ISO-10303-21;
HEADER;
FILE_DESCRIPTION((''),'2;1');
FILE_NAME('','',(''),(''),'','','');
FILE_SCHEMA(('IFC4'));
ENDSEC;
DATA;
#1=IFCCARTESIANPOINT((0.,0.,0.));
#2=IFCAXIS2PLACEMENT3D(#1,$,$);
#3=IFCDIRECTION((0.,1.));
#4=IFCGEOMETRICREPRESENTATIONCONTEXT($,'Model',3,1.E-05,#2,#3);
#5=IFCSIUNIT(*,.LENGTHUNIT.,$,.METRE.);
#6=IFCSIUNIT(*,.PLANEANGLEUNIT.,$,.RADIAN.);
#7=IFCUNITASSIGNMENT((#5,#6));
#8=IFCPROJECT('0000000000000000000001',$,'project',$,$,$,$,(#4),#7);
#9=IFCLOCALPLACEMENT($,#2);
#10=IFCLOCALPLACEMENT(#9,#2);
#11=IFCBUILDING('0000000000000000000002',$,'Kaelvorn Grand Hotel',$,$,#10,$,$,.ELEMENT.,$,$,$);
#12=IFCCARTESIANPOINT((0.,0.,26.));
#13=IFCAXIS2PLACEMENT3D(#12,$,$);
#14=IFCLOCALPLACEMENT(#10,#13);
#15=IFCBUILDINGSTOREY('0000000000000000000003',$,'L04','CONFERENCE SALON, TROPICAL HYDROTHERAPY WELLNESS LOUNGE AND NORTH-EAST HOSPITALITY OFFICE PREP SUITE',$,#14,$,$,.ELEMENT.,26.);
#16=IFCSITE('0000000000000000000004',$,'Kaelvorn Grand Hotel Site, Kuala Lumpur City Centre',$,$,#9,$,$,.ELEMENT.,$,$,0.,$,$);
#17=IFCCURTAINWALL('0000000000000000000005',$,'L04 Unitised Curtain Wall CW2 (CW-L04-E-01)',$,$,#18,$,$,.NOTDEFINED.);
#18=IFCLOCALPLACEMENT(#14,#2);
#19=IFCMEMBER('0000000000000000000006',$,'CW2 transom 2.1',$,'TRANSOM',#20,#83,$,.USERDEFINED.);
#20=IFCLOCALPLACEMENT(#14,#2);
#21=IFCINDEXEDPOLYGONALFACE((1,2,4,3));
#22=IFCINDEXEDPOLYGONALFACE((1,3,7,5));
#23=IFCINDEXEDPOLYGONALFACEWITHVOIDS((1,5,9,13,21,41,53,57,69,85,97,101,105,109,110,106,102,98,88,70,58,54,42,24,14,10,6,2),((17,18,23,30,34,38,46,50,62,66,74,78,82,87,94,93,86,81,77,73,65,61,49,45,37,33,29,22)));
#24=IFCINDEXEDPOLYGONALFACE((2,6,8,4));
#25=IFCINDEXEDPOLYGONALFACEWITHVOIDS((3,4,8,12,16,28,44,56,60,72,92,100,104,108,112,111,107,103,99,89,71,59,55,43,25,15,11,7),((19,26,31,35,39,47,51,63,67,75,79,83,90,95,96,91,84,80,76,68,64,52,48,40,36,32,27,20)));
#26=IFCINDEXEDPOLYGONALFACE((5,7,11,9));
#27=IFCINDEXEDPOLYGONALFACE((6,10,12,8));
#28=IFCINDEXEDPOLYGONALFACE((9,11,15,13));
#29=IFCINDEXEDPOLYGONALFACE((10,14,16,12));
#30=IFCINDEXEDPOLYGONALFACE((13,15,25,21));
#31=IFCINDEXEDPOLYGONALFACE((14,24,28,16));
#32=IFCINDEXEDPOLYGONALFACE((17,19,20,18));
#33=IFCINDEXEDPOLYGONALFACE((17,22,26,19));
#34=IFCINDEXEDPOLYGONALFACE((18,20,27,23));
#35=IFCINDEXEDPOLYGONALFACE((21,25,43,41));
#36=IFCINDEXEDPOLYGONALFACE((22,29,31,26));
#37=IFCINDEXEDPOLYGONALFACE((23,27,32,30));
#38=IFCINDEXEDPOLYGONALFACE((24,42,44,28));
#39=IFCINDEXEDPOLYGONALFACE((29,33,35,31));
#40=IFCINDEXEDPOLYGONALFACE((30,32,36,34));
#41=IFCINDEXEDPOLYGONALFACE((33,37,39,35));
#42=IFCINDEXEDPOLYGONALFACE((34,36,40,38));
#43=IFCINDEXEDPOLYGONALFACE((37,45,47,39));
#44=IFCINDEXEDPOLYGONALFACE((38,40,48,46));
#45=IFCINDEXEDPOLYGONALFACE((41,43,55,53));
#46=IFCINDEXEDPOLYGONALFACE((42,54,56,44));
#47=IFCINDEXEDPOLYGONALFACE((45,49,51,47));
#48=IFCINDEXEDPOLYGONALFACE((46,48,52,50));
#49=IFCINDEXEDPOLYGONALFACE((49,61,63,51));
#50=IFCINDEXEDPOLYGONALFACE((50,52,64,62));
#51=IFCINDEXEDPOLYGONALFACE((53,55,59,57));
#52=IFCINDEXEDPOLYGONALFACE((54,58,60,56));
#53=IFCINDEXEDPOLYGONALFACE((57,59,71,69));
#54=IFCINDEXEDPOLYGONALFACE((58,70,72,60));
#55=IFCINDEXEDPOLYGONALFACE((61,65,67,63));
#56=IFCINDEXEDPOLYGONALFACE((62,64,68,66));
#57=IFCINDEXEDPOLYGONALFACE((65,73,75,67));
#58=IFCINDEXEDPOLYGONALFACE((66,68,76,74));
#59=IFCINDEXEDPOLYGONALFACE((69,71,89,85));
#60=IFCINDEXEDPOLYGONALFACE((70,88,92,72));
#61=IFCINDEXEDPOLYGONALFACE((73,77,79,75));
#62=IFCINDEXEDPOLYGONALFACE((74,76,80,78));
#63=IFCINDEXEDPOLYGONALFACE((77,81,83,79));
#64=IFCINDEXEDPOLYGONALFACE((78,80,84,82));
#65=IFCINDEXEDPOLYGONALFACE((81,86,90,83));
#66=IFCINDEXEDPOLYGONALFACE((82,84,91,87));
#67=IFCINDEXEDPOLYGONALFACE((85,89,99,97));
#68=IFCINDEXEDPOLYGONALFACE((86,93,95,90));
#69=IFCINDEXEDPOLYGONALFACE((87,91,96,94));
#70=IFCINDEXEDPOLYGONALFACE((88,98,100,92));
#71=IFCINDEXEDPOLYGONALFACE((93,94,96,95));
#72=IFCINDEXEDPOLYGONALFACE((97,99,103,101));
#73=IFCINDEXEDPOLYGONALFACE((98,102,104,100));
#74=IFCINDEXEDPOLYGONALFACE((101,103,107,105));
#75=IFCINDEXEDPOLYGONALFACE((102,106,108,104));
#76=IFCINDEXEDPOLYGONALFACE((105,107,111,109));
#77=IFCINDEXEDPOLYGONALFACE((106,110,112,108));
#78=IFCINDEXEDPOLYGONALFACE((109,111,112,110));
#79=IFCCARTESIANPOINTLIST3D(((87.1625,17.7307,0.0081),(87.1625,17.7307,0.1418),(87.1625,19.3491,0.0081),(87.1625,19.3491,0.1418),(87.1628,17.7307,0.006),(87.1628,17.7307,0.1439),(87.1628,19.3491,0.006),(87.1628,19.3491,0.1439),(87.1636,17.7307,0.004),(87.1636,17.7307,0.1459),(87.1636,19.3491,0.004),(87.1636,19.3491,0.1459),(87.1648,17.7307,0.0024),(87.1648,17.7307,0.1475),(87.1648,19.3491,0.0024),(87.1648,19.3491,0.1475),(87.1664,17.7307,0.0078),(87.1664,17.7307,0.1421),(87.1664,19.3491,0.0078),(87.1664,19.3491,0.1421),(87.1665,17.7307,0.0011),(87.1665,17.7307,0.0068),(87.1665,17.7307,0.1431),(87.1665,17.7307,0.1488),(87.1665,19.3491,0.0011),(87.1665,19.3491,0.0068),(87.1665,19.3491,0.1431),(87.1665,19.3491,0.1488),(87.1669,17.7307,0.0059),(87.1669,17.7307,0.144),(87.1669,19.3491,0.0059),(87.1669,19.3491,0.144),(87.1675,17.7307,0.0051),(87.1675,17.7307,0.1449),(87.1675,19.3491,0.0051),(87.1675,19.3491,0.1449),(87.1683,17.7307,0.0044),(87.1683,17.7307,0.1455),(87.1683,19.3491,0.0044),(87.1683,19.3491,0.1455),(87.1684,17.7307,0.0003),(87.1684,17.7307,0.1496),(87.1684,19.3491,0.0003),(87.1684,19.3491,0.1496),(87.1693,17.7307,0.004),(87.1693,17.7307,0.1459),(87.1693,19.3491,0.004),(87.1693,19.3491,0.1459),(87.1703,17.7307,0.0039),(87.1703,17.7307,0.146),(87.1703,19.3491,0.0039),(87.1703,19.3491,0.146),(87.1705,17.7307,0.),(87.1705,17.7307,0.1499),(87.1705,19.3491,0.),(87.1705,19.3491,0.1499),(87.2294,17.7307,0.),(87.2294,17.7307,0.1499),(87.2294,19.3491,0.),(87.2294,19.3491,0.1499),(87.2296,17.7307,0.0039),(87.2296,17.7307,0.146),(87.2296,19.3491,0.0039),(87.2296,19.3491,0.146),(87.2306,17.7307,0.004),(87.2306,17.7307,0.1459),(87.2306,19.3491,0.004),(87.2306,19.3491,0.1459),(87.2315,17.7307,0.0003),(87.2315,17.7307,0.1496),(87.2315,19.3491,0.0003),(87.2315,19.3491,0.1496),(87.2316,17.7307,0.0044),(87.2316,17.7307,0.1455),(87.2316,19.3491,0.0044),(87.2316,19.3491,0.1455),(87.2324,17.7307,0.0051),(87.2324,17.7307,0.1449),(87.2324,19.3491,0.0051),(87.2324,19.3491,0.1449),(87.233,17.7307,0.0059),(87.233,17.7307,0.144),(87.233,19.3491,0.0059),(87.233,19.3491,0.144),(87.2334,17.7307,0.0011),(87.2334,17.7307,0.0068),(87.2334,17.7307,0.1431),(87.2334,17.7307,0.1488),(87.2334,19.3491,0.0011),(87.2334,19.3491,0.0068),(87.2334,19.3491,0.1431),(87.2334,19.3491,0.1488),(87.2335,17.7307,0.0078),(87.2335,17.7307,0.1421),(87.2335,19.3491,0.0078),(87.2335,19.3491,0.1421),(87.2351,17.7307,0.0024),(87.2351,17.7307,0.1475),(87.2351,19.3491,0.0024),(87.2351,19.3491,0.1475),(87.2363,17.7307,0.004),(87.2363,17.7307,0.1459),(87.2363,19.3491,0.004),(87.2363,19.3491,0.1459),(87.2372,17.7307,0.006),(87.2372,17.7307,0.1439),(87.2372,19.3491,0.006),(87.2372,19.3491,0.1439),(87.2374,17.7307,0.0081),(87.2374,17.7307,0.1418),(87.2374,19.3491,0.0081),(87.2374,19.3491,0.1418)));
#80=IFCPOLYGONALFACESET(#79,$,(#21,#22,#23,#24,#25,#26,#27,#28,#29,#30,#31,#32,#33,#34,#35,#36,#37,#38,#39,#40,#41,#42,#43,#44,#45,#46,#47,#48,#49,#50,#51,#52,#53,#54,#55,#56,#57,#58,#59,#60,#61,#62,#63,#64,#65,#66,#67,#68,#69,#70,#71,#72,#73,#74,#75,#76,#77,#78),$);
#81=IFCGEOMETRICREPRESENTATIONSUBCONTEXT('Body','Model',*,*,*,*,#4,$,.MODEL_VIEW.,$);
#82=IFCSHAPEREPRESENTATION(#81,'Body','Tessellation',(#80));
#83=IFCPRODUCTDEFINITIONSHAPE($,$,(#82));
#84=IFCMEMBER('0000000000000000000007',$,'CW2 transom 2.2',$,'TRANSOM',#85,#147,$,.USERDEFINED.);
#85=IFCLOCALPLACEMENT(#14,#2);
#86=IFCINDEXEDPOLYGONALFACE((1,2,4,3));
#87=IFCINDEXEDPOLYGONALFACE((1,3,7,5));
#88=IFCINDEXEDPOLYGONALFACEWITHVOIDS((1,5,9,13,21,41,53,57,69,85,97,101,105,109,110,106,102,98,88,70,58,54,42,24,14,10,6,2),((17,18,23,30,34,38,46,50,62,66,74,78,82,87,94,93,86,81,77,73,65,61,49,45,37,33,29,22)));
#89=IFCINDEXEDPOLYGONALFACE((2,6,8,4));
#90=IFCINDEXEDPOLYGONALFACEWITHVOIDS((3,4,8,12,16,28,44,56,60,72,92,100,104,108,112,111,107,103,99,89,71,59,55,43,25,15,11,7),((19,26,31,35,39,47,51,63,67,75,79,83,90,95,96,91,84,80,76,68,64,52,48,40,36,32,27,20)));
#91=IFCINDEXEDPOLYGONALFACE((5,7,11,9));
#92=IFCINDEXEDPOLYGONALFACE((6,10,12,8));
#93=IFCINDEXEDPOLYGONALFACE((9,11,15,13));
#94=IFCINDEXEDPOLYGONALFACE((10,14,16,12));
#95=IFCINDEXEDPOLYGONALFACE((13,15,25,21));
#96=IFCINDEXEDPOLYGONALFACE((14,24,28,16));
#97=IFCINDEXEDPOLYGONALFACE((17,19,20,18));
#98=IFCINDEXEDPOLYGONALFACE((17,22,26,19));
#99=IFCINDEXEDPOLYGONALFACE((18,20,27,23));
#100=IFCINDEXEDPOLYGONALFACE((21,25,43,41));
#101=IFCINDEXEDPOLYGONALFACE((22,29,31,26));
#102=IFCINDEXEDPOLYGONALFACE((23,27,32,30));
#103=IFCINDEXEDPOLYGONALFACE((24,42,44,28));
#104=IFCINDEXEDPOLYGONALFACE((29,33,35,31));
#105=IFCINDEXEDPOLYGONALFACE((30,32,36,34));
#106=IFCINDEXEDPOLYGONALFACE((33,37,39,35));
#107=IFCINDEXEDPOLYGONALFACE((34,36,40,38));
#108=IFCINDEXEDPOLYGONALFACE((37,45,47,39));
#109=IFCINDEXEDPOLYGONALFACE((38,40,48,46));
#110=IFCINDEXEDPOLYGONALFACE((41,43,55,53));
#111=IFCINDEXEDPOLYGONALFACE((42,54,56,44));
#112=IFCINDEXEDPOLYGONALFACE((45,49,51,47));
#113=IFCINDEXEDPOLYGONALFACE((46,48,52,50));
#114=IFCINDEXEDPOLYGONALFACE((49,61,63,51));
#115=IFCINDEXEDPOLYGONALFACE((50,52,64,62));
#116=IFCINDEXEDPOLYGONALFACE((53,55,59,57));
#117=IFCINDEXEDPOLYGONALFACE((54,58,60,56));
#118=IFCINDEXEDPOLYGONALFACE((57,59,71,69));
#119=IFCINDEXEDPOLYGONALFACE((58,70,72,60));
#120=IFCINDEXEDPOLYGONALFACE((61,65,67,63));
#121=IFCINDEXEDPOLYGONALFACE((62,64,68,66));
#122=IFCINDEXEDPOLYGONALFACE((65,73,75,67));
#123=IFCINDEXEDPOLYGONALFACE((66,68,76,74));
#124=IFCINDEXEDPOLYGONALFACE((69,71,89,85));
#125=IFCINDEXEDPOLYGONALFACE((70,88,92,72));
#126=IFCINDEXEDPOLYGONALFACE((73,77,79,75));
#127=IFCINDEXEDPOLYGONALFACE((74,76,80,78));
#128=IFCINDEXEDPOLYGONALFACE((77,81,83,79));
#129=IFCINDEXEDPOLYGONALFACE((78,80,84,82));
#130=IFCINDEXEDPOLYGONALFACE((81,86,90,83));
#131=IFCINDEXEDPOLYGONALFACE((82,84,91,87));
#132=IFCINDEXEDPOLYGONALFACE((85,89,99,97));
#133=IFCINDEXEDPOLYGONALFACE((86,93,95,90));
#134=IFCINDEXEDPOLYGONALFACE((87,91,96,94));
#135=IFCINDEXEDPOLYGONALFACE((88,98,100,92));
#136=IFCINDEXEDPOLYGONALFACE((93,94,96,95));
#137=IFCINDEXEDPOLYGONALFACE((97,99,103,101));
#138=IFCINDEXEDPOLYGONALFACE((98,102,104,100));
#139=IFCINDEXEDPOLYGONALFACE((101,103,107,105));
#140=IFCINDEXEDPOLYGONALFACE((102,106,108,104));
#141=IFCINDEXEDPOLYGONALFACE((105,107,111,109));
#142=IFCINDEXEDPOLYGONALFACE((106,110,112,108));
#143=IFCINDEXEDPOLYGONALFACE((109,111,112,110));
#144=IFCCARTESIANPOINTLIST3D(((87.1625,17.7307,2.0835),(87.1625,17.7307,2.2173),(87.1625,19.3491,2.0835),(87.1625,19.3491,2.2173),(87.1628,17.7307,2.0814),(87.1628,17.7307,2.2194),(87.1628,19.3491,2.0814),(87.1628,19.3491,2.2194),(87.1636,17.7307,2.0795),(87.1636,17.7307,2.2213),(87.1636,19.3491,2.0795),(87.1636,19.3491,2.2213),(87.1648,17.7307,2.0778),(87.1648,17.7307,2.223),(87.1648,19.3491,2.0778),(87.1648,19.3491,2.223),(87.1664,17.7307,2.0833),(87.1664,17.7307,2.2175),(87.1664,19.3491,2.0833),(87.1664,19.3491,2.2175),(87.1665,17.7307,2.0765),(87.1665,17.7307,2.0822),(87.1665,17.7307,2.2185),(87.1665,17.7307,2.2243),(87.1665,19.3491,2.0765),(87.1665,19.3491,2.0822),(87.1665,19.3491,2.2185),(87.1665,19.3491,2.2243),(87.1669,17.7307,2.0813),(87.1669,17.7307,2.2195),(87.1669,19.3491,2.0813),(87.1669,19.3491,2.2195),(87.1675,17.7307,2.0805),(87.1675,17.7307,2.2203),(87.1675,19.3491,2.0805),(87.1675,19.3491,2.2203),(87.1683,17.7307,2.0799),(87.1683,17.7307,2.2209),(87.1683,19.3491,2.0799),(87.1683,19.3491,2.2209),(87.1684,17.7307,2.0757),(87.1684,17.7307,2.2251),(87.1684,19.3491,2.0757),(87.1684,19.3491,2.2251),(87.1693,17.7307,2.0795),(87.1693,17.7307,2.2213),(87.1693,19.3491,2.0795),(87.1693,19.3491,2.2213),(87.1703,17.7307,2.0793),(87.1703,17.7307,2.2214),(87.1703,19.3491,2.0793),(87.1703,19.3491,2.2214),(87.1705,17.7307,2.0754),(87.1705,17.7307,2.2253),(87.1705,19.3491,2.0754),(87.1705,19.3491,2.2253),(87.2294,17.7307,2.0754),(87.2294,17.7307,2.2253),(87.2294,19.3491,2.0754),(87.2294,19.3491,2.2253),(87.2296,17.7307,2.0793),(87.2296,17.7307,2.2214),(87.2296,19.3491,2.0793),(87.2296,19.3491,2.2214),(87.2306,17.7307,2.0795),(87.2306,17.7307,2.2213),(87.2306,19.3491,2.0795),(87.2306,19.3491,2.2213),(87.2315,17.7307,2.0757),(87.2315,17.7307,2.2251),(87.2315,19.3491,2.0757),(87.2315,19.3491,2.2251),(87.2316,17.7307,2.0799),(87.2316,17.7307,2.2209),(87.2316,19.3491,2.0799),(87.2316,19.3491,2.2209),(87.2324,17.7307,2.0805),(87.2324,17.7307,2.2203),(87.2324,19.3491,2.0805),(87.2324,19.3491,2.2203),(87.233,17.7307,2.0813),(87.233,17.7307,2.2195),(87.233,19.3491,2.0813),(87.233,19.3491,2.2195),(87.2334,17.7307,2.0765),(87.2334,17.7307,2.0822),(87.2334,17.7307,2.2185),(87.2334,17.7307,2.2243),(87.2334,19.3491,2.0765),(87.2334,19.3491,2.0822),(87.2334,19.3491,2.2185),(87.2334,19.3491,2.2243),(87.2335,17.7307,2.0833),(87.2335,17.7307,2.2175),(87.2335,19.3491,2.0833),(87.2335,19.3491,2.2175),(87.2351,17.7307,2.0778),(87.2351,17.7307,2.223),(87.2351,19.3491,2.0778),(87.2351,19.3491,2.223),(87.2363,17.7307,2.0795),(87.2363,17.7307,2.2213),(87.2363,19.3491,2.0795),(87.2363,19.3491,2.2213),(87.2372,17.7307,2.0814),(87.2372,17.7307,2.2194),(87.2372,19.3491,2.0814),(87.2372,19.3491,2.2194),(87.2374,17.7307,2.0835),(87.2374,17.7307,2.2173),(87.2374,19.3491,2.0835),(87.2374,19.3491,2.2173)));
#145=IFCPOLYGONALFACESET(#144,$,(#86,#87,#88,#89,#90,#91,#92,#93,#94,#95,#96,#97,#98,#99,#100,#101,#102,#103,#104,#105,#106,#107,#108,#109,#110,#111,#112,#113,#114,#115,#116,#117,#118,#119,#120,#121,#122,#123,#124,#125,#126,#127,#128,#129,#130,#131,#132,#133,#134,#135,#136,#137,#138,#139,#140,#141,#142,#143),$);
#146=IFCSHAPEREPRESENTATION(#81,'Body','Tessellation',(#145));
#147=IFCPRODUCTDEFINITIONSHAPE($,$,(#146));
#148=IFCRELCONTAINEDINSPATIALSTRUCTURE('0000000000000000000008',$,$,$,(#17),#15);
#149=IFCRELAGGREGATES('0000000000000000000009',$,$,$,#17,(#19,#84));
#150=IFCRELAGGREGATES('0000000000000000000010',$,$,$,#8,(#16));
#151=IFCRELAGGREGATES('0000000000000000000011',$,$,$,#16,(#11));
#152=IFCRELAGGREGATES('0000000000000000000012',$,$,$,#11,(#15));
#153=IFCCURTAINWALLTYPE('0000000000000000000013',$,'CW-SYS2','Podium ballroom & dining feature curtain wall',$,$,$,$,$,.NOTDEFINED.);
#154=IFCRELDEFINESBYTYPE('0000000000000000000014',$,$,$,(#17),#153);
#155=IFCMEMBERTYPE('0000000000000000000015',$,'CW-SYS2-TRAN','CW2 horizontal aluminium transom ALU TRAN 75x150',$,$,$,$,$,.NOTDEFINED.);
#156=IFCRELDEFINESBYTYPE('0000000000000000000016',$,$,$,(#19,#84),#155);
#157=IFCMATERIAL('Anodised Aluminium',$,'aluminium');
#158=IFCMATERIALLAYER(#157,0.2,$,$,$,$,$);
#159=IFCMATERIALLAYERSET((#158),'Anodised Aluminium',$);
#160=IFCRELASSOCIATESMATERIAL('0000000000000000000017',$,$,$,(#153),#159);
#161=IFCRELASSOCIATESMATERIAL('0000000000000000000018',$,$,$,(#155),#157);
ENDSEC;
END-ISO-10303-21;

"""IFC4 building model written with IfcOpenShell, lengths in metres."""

from ifc_helpers import new_model, si_unit, direction, frame, origin, origin_2d, place, context, subcontext, project, spatial, hollow_rectangle, extrude, material, layer, layer_set, material_profile, profile_set, type_object, element, aggregate, save


model = new_model("IFC4")

# Units and contexts
model_context = context("Model", 3, precision=1e-05, world=origin(), true_north=direction((0.0, 1.0)))
body_context = subcontext(model_context, "Body", "Model", "MODEL_VIEW")
ifc_project = project(units=[si_unit("LENGTHUNIT", "METRE"), si_unit("PLANEANGLEUNIT", "RADIAN")], contexts=[model_context])

# Site, building, storey
site_placement = place(None, origin())
site = spatial("IfcSite", under=ifc_project, at=site_placement, Name="Kaelvorn Grand Hotel Site, Kuala Lumpur City Centre", CompositionType="ELEMENT", RefElevation=0.0)
building_placement = place(site_placement, origin())
building = spatial("IfcBuilding", under=site, at=building_placement, Name="Kaelvorn Grand Hotel", CompositionType="ELEMENT")
storey_placement = place(building_placement, frame((0.0, 0.0, 26.0)))
storey = spatial("IfcBuildingStorey", under=building, at=storey_placement, Name="L04", Description="CONFERENCE SALON, TROPICAL HYDROTHERAPY WELLNESS LOUNGE AND NORTH-EAST HOSPITALITY OFFICE PREP SUITE", CompositionType="ELEMENT", Elevation=26.0)

# Curtain wall, members
ifc_material_1 = material(Name="Anodised Aluminium", Category="aluminium")
ifc_layer_1 = layer(ifc_material_1, 0.2)
ifc_layer_set_1 = layer_set([ifc_layer_1], Name="Anodised Aluminium")
curtain_wall_type = type_object("IfcCurtainWallType", Name="CW-SYS2", Description="Podium ballroom & dining feature curtain wall", PredefinedType="NOTDEFINED", material=ifc_layer_set_1)
curtain_wall_placement = place(storey_placement, origin())
curtain_wall = element("IfcCurtainWall", 1, at=curtain_wall_placement, inside=storey, type_object=curtain_wall_type, Name="L04 Unitised Curtain Wall CW2 (CW-L04-E-01)", PredefinedType="NOTDEFINED")
ifc_material_profile_1 = material_profile(ifc_material_1, hollow_rectangle(XDim=0.075, YDim=0.1499, WallThickness=0.0039, InnerFilletRadius=0.0039, OuterFilletRadius=0.0081, at=origin_2d()), Name="ALU TRAN 75x150")
ifc_profile_set_1 = profile_set([ifc_material_profile_1], Name="Anodised Aluminium")
member_type_1 = type_object("IfcMemberType", Name="CW-SYS2-TRAN", Description="CW2 horizontal aluminium transom ALU TRAN 75x150", PredefinedType="NOTDEFINED", material=ifc_profile_set_1)
member_1_placement = place(storey_placement, frame((87.2, 17.7307, 0.075), z_axis=(0.0, 1.0, 0.0), x_axis=(-1.0, 0.0, 0.0)))
member_1 = element("IfcMember", 2, at=member_1_placement, type_object=member_type_1, Name="CW2 transom 2.1", ObjectType="TRANSOM", PredefinedType="USERDEFINED", context=body_context, shape_type="SweptSolid", body=[
    extrude(hollow_rectangle(XDim=0.075, YDim=0.1499, WallThickness=0.0039, InnerFilletRadius=0.0039, OuterFilletRadius=0.0081, at=origin_2d()), origin(), (0.0, 0.0, 1.0), 1.6184),
])
member_2_placement = place(storey_placement, frame((87.2, 17.7307, 2.1504), z_axis=(0.0, 1.0, 0.0), x_axis=(-1.0, 0.0, 0.0)))
member_2 = element("IfcMember", 3, at=member_2_placement, type_object=member_type_1, Name="CW2 transom 2.2", ObjectType="TRANSOM", PredefinedType="USERDEFINED", context=body_context, shape_type="SweptSolid", body=[
    extrude(hollow_rectangle(XDim=0.075, YDim=0.1499, WallThickness=0.0039, InnerFilletRadius=0.0039, OuterFilletRadius=0.0081, at=origin_2d()), origin(), (0.0, 0.0, 1.0), 1.6184),
])
aggregate(curtain_wall, [member_1, member_2])

save(model, "model.ifc")
